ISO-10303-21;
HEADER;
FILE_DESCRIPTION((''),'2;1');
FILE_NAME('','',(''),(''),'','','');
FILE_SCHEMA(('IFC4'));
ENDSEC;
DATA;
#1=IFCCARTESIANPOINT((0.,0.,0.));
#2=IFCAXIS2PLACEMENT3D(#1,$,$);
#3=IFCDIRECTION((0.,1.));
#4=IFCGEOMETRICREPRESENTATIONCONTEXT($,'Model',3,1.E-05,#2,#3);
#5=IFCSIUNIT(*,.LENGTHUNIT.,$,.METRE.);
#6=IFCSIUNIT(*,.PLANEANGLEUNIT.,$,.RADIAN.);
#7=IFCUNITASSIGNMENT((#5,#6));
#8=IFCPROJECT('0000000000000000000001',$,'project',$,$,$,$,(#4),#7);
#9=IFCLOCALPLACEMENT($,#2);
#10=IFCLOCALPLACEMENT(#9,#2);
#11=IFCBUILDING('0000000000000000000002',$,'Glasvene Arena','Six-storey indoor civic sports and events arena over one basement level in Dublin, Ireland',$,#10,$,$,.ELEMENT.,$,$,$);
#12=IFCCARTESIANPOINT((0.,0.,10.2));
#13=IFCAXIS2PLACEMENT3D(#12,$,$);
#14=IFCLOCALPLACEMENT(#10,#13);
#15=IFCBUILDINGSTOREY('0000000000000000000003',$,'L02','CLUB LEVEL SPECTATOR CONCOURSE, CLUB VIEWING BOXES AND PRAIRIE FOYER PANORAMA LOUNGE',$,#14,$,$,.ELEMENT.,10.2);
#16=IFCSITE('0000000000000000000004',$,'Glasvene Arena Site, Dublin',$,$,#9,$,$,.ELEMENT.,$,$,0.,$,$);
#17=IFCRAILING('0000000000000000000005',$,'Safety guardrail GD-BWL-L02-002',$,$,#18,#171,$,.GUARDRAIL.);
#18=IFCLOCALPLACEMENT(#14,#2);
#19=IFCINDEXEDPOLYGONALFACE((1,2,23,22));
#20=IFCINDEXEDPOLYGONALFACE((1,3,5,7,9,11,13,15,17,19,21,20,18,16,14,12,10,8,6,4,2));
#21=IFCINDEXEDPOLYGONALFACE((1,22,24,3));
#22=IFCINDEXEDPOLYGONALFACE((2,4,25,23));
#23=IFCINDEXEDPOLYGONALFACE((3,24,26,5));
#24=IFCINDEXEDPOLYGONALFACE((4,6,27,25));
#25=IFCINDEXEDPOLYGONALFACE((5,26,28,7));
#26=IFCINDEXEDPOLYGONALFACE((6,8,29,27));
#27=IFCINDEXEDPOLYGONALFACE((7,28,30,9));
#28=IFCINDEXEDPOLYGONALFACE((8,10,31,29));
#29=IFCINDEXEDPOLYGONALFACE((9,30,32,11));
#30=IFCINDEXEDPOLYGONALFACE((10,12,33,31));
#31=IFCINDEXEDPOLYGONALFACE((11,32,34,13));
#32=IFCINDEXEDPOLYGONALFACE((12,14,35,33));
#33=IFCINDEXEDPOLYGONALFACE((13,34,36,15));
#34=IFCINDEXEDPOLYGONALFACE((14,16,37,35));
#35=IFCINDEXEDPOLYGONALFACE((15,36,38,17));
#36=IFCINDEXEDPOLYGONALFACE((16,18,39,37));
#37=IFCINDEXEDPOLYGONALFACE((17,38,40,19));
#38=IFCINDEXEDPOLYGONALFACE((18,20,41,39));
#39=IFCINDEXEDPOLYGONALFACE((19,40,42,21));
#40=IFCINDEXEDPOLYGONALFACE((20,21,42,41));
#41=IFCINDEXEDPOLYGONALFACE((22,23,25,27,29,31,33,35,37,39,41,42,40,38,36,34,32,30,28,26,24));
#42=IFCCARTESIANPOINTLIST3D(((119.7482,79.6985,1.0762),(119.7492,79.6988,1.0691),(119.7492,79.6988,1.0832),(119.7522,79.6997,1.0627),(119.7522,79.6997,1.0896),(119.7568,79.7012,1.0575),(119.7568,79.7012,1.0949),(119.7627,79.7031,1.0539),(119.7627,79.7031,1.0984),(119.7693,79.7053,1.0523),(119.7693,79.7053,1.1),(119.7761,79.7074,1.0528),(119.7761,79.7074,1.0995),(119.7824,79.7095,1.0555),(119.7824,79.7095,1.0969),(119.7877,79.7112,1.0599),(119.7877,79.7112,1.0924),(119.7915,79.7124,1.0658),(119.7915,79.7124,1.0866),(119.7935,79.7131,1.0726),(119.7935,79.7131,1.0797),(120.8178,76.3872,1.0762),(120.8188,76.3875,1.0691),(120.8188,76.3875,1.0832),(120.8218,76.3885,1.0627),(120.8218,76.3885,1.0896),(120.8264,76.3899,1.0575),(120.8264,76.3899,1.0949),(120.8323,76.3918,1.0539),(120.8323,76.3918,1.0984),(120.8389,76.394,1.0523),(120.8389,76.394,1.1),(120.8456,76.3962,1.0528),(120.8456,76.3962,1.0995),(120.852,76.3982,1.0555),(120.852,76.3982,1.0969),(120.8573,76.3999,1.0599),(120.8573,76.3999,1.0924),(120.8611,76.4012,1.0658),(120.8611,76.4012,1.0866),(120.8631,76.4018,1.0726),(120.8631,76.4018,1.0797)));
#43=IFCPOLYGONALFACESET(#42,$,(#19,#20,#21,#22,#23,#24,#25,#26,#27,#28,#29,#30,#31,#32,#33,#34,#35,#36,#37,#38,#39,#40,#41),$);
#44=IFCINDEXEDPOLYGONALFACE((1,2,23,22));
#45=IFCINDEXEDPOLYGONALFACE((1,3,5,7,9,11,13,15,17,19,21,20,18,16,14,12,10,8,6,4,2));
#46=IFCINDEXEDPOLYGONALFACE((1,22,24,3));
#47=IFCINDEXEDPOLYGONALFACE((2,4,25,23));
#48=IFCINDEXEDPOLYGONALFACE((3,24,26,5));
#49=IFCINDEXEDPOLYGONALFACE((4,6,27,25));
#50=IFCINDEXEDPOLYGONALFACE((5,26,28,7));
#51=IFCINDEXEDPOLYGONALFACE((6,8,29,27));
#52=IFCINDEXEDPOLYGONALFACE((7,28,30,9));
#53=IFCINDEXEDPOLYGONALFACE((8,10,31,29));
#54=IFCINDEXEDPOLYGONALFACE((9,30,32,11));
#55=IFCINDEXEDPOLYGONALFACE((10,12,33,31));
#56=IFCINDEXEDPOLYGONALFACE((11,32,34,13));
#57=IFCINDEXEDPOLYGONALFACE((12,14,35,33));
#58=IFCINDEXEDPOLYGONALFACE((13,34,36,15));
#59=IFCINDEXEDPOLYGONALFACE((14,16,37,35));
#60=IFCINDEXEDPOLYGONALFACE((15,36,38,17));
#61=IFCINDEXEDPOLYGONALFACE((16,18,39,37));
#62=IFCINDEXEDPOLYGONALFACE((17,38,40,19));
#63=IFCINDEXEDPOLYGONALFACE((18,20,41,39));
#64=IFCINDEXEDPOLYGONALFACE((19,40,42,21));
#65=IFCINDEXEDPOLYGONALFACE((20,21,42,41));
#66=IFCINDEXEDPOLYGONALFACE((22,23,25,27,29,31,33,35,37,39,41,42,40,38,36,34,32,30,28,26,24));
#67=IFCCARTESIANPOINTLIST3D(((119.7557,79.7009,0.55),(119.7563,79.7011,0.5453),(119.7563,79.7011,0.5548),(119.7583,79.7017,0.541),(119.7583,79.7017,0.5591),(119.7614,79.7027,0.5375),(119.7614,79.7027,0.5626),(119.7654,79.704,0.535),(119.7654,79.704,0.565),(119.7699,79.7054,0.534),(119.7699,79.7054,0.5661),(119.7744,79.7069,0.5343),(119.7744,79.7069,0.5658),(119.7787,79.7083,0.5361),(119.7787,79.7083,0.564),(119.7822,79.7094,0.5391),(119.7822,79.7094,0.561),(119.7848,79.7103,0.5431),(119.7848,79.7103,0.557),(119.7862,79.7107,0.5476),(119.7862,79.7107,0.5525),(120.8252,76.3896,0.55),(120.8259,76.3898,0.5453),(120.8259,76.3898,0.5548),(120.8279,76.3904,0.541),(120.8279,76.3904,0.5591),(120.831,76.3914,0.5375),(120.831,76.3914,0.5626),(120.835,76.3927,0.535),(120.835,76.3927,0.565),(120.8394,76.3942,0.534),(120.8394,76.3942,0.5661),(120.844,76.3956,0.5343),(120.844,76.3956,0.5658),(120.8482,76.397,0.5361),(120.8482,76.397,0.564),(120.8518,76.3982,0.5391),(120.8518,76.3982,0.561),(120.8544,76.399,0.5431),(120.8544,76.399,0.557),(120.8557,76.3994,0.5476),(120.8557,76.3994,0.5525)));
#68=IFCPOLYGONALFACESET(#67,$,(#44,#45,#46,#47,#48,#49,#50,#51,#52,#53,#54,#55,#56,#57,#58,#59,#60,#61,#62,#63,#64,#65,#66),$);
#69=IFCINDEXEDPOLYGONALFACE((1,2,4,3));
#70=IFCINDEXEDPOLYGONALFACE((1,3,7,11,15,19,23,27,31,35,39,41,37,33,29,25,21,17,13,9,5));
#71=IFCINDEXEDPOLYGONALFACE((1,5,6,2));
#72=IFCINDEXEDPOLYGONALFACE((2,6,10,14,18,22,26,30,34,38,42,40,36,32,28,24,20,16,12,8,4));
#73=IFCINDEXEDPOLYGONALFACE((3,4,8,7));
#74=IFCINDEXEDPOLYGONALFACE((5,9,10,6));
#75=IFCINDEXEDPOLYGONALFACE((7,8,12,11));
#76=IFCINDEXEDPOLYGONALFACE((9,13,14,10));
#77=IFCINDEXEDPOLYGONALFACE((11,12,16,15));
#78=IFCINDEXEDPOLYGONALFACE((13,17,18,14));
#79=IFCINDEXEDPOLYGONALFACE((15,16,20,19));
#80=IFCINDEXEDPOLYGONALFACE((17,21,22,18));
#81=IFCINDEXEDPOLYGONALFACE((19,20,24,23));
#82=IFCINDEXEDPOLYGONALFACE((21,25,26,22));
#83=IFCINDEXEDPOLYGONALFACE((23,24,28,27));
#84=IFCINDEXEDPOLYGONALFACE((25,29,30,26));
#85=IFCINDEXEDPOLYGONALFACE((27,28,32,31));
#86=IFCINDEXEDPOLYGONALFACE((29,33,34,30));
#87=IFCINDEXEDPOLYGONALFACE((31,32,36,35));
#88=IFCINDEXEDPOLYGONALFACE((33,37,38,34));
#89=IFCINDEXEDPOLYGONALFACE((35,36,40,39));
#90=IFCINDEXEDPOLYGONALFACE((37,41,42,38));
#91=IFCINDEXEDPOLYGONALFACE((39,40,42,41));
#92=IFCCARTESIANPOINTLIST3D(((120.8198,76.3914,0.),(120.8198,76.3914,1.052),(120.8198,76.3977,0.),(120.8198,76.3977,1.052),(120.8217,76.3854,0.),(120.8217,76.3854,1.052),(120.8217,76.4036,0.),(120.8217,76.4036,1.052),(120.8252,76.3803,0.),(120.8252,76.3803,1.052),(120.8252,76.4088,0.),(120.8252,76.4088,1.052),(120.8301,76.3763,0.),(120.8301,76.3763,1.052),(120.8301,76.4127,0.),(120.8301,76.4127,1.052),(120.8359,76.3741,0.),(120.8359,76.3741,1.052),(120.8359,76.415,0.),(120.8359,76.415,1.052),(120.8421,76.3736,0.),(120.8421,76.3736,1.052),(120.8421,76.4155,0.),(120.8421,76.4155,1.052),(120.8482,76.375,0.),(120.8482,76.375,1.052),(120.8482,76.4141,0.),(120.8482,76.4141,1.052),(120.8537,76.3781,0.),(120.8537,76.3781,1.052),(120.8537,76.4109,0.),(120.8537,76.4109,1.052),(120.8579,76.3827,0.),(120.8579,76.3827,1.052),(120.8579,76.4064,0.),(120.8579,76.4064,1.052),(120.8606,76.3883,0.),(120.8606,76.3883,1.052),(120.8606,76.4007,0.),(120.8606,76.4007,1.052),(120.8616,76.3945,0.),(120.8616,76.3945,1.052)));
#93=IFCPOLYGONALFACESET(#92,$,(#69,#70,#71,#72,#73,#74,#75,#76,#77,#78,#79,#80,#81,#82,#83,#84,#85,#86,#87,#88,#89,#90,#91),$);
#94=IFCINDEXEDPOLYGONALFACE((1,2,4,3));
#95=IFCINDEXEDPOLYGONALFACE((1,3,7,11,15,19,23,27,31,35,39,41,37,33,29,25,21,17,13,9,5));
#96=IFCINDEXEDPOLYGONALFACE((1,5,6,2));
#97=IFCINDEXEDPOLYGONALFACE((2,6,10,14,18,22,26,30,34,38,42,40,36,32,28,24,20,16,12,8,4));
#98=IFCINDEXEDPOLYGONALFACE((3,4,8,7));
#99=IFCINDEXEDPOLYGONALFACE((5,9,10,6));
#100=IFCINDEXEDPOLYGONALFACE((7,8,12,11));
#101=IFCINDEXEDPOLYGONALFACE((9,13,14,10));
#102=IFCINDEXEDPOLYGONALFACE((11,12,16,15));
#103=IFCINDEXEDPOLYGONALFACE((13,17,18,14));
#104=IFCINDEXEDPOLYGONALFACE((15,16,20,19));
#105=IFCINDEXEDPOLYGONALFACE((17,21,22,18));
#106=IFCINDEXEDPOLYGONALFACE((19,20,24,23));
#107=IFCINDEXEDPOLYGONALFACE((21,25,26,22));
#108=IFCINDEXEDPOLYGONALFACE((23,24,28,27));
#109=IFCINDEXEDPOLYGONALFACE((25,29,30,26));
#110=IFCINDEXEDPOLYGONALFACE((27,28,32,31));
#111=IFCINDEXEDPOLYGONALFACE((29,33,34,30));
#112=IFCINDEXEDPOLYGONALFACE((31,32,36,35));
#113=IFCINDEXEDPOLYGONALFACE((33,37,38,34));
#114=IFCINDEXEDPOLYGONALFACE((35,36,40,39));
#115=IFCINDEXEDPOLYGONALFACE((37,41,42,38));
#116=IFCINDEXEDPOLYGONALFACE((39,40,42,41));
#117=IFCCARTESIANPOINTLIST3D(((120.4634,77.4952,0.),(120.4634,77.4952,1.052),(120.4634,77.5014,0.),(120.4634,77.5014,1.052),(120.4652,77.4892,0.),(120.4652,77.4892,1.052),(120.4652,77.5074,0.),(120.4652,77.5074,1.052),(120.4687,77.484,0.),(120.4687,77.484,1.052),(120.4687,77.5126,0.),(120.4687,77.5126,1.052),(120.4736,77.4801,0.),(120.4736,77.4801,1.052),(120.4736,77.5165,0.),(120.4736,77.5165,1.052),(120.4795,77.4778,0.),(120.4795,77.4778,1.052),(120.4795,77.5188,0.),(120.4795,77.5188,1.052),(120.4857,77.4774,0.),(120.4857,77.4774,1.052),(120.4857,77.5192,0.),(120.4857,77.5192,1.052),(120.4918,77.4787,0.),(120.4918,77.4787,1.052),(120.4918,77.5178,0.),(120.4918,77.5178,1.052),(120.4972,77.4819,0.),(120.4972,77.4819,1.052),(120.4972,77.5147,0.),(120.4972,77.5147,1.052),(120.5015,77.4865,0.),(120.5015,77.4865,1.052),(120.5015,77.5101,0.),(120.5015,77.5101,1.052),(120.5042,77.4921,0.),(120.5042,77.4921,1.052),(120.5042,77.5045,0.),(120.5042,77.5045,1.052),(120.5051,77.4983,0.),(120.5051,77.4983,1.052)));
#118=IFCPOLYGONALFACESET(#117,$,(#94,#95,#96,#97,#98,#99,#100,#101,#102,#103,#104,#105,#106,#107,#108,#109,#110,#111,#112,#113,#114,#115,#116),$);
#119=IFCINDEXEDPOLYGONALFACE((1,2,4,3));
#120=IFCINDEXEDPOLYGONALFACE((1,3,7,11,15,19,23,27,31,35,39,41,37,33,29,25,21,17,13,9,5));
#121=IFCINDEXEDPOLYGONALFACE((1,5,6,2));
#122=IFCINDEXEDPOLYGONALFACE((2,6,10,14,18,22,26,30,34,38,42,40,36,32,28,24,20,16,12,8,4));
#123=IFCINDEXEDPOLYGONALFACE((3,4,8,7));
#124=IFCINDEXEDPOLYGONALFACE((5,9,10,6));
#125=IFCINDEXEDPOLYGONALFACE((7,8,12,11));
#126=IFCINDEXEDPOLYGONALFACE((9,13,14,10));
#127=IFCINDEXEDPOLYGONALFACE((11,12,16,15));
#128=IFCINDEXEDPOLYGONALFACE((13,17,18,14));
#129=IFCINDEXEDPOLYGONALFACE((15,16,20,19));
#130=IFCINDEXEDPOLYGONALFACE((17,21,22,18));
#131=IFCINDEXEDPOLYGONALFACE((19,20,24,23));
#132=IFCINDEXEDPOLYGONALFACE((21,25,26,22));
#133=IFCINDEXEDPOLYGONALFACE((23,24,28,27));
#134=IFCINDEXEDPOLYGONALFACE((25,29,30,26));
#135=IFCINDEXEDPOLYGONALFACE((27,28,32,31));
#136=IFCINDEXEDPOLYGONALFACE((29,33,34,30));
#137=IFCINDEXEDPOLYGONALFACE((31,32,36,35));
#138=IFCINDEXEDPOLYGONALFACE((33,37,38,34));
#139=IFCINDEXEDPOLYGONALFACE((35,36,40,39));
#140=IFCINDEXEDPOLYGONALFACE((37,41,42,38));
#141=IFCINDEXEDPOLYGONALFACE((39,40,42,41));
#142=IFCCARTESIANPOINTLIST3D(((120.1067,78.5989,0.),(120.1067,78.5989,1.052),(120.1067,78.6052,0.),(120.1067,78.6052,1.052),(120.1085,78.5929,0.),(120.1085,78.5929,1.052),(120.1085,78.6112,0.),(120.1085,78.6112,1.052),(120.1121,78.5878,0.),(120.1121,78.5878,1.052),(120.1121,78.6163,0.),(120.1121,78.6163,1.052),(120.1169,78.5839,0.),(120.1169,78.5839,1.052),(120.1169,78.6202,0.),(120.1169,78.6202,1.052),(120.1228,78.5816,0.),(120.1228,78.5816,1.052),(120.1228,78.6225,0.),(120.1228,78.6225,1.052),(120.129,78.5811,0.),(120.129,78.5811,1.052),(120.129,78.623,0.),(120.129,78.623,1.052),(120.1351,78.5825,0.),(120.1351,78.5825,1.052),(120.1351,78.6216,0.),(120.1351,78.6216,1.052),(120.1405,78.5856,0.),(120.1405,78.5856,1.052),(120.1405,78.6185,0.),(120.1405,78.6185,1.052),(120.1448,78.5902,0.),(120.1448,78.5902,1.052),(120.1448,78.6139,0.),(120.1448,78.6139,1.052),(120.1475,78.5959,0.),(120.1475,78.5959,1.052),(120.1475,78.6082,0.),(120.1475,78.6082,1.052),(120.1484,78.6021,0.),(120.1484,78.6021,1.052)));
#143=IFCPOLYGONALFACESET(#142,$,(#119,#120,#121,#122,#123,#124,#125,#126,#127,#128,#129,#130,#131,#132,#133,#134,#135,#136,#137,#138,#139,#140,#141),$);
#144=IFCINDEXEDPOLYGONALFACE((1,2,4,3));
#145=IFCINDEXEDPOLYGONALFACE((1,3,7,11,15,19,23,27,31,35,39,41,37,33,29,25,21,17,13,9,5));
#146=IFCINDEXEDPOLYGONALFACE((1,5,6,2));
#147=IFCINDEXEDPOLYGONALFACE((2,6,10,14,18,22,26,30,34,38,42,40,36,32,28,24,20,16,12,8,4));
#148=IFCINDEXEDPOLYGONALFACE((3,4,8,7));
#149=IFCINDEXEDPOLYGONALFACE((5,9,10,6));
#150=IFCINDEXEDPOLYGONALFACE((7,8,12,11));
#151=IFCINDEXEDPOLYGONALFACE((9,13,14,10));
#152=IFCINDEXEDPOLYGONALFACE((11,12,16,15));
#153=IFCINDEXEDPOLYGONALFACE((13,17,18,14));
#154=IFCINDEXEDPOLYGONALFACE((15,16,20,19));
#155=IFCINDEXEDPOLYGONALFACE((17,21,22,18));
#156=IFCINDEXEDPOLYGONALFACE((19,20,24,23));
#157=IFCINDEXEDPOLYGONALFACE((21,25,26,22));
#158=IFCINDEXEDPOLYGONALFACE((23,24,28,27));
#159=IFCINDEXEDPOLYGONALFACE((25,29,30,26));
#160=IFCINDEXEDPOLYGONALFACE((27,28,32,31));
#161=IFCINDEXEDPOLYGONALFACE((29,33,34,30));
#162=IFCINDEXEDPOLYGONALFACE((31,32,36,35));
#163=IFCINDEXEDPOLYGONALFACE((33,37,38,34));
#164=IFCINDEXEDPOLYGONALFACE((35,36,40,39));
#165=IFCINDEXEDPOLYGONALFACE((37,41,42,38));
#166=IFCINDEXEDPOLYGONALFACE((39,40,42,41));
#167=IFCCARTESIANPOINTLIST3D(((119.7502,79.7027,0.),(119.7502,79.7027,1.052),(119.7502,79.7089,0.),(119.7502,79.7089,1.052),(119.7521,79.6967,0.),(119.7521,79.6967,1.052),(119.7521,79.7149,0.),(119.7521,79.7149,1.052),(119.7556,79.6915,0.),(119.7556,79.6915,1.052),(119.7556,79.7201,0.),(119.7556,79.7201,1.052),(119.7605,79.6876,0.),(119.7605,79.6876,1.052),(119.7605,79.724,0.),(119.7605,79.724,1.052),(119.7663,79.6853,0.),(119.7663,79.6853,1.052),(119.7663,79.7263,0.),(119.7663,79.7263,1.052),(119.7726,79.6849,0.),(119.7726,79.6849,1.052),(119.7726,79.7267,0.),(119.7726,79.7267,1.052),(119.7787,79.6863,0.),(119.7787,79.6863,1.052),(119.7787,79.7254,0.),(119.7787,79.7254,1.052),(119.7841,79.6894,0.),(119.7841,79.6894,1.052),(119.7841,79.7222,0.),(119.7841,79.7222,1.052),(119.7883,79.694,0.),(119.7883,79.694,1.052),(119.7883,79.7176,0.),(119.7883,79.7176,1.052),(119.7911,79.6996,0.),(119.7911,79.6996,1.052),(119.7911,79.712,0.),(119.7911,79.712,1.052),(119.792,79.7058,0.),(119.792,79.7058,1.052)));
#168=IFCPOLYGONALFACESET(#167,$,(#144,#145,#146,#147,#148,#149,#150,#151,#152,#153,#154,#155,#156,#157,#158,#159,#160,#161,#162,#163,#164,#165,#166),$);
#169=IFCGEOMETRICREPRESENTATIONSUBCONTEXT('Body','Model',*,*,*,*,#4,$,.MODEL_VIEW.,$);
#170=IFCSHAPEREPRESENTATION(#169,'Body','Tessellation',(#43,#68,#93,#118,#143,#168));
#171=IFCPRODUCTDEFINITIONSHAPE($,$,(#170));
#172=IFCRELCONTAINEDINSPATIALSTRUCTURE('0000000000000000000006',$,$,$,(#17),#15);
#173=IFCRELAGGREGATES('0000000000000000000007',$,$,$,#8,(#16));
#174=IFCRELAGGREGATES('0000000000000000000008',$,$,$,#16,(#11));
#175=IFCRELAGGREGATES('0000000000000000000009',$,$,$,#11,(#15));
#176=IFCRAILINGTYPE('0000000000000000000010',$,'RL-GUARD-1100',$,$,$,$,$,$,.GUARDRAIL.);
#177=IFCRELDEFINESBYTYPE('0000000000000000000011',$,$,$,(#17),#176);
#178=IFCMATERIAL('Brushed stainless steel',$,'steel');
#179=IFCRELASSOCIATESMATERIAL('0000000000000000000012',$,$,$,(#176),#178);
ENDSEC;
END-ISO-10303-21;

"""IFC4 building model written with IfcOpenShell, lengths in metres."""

from ifc_helpers import new_model, si_unit, direction, frame, origin, origin_2d, place, context, subcontext, project, spatial, circle, extrude, material, type_object, element, save


model = new_model("IFC4")

# Units and contexts
model_context = context("Model", 3, precision=1e-05, world=origin(), true_north=direction((0.0, 1.0)))
body_context = subcontext(model_context, "Body", "Model", "MODEL_VIEW")
ifc_project = project(units=[si_unit("LENGTHUNIT", "METRE"), si_unit("PLANEANGLEUNIT", "RADIAN")], contexts=[model_context])

# Site, building, storey
site_placement = place(None, origin())
site = spatial("IfcSite", under=ifc_project, at=site_placement, Name="Glasvene Arena Site, Dublin", CompositionType="ELEMENT", RefElevation=0.0)
building_placement = place(site_placement, origin())
building = spatial("IfcBuilding", under=site, at=building_placement, Name="Glasvene Arena", Description="Six-storey indoor civic sports and events arena over one basement level in Dublin, Ireland", CompositionType="ELEMENT")
storey_placement = place(building_placement, frame((0.0, 0.0, 10.2)))
storey = spatial("IfcBuildingStorey", under=building, at=storey_placement, Name="L02", Description="CLUB LEVEL SPECTATOR CONCOURSE, CLUB VIEWING BOXES AND PRAIRIE FOYER PANORAMA LOUNGE", CompositionType="ELEMENT", Elevation=10.2)

# Railing
ifc_material_1 = material(Name="Brushed stainless steel", Category="steel")
railing_type_1 = type_object("IfcRailingType", Name="RL-GUARD-1100", PredefinedType="GUARDRAIL", material=ifc_material_1)
railing_1_placement = place(storey_placement, frame((120.8406, 76.3945, 0.0)))
element("IfcRailing", 1, at=railing_1_placement, inside=storey, type_object=railing_type_1, Name="Safety guardrail GD-BWL-L02-002", PredefinedType="GUARDRAIL", context=body_context, shape_type="SweptSolid", body=[
    extrude(circle(Radius=0.0239, at=origin_2d()), frame((0.0, 0.0, 1.0762), z_axis=(-0.307374, 0.951589, 0.0), x_axis=(-0.951589, -0.307374, 0.0)), (0.0, 0.0, 1.0), 3.4797),
    extrude(circle(Radius=0.0161, at=origin_2d()), frame((0.0, 0.0, 0.55), z_axis=(-0.307374, 0.951589, 0.0), x_axis=(-0.951589, -0.307374, 0.0)), (0.0, 0.0, 1.0), 3.4797),
    extrude(circle(Radius=0.021, at=origin_2d()), origin(), (0.0, 0.0, 1.0), 1.052),
    extrude(circle(Radius=0.021, at=origin_2d()), frame((-0.3564, 1.1038, 0.0)), (0.0, 0.0, 1.0), 1.052),
    extrude(circle(Radius=0.021, at=origin_2d()), frame((-0.7131, 2.2075, 0.0)), (0.0, 0.0, 1.0), 1.052),
    extrude(circle(Radius=0.021, at=origin_2d()), frame((-1.0696, 3.3113, 0.0)), (0.0, 0.0, 1.0), 1.052),
])

save(model, "model.ifc")
